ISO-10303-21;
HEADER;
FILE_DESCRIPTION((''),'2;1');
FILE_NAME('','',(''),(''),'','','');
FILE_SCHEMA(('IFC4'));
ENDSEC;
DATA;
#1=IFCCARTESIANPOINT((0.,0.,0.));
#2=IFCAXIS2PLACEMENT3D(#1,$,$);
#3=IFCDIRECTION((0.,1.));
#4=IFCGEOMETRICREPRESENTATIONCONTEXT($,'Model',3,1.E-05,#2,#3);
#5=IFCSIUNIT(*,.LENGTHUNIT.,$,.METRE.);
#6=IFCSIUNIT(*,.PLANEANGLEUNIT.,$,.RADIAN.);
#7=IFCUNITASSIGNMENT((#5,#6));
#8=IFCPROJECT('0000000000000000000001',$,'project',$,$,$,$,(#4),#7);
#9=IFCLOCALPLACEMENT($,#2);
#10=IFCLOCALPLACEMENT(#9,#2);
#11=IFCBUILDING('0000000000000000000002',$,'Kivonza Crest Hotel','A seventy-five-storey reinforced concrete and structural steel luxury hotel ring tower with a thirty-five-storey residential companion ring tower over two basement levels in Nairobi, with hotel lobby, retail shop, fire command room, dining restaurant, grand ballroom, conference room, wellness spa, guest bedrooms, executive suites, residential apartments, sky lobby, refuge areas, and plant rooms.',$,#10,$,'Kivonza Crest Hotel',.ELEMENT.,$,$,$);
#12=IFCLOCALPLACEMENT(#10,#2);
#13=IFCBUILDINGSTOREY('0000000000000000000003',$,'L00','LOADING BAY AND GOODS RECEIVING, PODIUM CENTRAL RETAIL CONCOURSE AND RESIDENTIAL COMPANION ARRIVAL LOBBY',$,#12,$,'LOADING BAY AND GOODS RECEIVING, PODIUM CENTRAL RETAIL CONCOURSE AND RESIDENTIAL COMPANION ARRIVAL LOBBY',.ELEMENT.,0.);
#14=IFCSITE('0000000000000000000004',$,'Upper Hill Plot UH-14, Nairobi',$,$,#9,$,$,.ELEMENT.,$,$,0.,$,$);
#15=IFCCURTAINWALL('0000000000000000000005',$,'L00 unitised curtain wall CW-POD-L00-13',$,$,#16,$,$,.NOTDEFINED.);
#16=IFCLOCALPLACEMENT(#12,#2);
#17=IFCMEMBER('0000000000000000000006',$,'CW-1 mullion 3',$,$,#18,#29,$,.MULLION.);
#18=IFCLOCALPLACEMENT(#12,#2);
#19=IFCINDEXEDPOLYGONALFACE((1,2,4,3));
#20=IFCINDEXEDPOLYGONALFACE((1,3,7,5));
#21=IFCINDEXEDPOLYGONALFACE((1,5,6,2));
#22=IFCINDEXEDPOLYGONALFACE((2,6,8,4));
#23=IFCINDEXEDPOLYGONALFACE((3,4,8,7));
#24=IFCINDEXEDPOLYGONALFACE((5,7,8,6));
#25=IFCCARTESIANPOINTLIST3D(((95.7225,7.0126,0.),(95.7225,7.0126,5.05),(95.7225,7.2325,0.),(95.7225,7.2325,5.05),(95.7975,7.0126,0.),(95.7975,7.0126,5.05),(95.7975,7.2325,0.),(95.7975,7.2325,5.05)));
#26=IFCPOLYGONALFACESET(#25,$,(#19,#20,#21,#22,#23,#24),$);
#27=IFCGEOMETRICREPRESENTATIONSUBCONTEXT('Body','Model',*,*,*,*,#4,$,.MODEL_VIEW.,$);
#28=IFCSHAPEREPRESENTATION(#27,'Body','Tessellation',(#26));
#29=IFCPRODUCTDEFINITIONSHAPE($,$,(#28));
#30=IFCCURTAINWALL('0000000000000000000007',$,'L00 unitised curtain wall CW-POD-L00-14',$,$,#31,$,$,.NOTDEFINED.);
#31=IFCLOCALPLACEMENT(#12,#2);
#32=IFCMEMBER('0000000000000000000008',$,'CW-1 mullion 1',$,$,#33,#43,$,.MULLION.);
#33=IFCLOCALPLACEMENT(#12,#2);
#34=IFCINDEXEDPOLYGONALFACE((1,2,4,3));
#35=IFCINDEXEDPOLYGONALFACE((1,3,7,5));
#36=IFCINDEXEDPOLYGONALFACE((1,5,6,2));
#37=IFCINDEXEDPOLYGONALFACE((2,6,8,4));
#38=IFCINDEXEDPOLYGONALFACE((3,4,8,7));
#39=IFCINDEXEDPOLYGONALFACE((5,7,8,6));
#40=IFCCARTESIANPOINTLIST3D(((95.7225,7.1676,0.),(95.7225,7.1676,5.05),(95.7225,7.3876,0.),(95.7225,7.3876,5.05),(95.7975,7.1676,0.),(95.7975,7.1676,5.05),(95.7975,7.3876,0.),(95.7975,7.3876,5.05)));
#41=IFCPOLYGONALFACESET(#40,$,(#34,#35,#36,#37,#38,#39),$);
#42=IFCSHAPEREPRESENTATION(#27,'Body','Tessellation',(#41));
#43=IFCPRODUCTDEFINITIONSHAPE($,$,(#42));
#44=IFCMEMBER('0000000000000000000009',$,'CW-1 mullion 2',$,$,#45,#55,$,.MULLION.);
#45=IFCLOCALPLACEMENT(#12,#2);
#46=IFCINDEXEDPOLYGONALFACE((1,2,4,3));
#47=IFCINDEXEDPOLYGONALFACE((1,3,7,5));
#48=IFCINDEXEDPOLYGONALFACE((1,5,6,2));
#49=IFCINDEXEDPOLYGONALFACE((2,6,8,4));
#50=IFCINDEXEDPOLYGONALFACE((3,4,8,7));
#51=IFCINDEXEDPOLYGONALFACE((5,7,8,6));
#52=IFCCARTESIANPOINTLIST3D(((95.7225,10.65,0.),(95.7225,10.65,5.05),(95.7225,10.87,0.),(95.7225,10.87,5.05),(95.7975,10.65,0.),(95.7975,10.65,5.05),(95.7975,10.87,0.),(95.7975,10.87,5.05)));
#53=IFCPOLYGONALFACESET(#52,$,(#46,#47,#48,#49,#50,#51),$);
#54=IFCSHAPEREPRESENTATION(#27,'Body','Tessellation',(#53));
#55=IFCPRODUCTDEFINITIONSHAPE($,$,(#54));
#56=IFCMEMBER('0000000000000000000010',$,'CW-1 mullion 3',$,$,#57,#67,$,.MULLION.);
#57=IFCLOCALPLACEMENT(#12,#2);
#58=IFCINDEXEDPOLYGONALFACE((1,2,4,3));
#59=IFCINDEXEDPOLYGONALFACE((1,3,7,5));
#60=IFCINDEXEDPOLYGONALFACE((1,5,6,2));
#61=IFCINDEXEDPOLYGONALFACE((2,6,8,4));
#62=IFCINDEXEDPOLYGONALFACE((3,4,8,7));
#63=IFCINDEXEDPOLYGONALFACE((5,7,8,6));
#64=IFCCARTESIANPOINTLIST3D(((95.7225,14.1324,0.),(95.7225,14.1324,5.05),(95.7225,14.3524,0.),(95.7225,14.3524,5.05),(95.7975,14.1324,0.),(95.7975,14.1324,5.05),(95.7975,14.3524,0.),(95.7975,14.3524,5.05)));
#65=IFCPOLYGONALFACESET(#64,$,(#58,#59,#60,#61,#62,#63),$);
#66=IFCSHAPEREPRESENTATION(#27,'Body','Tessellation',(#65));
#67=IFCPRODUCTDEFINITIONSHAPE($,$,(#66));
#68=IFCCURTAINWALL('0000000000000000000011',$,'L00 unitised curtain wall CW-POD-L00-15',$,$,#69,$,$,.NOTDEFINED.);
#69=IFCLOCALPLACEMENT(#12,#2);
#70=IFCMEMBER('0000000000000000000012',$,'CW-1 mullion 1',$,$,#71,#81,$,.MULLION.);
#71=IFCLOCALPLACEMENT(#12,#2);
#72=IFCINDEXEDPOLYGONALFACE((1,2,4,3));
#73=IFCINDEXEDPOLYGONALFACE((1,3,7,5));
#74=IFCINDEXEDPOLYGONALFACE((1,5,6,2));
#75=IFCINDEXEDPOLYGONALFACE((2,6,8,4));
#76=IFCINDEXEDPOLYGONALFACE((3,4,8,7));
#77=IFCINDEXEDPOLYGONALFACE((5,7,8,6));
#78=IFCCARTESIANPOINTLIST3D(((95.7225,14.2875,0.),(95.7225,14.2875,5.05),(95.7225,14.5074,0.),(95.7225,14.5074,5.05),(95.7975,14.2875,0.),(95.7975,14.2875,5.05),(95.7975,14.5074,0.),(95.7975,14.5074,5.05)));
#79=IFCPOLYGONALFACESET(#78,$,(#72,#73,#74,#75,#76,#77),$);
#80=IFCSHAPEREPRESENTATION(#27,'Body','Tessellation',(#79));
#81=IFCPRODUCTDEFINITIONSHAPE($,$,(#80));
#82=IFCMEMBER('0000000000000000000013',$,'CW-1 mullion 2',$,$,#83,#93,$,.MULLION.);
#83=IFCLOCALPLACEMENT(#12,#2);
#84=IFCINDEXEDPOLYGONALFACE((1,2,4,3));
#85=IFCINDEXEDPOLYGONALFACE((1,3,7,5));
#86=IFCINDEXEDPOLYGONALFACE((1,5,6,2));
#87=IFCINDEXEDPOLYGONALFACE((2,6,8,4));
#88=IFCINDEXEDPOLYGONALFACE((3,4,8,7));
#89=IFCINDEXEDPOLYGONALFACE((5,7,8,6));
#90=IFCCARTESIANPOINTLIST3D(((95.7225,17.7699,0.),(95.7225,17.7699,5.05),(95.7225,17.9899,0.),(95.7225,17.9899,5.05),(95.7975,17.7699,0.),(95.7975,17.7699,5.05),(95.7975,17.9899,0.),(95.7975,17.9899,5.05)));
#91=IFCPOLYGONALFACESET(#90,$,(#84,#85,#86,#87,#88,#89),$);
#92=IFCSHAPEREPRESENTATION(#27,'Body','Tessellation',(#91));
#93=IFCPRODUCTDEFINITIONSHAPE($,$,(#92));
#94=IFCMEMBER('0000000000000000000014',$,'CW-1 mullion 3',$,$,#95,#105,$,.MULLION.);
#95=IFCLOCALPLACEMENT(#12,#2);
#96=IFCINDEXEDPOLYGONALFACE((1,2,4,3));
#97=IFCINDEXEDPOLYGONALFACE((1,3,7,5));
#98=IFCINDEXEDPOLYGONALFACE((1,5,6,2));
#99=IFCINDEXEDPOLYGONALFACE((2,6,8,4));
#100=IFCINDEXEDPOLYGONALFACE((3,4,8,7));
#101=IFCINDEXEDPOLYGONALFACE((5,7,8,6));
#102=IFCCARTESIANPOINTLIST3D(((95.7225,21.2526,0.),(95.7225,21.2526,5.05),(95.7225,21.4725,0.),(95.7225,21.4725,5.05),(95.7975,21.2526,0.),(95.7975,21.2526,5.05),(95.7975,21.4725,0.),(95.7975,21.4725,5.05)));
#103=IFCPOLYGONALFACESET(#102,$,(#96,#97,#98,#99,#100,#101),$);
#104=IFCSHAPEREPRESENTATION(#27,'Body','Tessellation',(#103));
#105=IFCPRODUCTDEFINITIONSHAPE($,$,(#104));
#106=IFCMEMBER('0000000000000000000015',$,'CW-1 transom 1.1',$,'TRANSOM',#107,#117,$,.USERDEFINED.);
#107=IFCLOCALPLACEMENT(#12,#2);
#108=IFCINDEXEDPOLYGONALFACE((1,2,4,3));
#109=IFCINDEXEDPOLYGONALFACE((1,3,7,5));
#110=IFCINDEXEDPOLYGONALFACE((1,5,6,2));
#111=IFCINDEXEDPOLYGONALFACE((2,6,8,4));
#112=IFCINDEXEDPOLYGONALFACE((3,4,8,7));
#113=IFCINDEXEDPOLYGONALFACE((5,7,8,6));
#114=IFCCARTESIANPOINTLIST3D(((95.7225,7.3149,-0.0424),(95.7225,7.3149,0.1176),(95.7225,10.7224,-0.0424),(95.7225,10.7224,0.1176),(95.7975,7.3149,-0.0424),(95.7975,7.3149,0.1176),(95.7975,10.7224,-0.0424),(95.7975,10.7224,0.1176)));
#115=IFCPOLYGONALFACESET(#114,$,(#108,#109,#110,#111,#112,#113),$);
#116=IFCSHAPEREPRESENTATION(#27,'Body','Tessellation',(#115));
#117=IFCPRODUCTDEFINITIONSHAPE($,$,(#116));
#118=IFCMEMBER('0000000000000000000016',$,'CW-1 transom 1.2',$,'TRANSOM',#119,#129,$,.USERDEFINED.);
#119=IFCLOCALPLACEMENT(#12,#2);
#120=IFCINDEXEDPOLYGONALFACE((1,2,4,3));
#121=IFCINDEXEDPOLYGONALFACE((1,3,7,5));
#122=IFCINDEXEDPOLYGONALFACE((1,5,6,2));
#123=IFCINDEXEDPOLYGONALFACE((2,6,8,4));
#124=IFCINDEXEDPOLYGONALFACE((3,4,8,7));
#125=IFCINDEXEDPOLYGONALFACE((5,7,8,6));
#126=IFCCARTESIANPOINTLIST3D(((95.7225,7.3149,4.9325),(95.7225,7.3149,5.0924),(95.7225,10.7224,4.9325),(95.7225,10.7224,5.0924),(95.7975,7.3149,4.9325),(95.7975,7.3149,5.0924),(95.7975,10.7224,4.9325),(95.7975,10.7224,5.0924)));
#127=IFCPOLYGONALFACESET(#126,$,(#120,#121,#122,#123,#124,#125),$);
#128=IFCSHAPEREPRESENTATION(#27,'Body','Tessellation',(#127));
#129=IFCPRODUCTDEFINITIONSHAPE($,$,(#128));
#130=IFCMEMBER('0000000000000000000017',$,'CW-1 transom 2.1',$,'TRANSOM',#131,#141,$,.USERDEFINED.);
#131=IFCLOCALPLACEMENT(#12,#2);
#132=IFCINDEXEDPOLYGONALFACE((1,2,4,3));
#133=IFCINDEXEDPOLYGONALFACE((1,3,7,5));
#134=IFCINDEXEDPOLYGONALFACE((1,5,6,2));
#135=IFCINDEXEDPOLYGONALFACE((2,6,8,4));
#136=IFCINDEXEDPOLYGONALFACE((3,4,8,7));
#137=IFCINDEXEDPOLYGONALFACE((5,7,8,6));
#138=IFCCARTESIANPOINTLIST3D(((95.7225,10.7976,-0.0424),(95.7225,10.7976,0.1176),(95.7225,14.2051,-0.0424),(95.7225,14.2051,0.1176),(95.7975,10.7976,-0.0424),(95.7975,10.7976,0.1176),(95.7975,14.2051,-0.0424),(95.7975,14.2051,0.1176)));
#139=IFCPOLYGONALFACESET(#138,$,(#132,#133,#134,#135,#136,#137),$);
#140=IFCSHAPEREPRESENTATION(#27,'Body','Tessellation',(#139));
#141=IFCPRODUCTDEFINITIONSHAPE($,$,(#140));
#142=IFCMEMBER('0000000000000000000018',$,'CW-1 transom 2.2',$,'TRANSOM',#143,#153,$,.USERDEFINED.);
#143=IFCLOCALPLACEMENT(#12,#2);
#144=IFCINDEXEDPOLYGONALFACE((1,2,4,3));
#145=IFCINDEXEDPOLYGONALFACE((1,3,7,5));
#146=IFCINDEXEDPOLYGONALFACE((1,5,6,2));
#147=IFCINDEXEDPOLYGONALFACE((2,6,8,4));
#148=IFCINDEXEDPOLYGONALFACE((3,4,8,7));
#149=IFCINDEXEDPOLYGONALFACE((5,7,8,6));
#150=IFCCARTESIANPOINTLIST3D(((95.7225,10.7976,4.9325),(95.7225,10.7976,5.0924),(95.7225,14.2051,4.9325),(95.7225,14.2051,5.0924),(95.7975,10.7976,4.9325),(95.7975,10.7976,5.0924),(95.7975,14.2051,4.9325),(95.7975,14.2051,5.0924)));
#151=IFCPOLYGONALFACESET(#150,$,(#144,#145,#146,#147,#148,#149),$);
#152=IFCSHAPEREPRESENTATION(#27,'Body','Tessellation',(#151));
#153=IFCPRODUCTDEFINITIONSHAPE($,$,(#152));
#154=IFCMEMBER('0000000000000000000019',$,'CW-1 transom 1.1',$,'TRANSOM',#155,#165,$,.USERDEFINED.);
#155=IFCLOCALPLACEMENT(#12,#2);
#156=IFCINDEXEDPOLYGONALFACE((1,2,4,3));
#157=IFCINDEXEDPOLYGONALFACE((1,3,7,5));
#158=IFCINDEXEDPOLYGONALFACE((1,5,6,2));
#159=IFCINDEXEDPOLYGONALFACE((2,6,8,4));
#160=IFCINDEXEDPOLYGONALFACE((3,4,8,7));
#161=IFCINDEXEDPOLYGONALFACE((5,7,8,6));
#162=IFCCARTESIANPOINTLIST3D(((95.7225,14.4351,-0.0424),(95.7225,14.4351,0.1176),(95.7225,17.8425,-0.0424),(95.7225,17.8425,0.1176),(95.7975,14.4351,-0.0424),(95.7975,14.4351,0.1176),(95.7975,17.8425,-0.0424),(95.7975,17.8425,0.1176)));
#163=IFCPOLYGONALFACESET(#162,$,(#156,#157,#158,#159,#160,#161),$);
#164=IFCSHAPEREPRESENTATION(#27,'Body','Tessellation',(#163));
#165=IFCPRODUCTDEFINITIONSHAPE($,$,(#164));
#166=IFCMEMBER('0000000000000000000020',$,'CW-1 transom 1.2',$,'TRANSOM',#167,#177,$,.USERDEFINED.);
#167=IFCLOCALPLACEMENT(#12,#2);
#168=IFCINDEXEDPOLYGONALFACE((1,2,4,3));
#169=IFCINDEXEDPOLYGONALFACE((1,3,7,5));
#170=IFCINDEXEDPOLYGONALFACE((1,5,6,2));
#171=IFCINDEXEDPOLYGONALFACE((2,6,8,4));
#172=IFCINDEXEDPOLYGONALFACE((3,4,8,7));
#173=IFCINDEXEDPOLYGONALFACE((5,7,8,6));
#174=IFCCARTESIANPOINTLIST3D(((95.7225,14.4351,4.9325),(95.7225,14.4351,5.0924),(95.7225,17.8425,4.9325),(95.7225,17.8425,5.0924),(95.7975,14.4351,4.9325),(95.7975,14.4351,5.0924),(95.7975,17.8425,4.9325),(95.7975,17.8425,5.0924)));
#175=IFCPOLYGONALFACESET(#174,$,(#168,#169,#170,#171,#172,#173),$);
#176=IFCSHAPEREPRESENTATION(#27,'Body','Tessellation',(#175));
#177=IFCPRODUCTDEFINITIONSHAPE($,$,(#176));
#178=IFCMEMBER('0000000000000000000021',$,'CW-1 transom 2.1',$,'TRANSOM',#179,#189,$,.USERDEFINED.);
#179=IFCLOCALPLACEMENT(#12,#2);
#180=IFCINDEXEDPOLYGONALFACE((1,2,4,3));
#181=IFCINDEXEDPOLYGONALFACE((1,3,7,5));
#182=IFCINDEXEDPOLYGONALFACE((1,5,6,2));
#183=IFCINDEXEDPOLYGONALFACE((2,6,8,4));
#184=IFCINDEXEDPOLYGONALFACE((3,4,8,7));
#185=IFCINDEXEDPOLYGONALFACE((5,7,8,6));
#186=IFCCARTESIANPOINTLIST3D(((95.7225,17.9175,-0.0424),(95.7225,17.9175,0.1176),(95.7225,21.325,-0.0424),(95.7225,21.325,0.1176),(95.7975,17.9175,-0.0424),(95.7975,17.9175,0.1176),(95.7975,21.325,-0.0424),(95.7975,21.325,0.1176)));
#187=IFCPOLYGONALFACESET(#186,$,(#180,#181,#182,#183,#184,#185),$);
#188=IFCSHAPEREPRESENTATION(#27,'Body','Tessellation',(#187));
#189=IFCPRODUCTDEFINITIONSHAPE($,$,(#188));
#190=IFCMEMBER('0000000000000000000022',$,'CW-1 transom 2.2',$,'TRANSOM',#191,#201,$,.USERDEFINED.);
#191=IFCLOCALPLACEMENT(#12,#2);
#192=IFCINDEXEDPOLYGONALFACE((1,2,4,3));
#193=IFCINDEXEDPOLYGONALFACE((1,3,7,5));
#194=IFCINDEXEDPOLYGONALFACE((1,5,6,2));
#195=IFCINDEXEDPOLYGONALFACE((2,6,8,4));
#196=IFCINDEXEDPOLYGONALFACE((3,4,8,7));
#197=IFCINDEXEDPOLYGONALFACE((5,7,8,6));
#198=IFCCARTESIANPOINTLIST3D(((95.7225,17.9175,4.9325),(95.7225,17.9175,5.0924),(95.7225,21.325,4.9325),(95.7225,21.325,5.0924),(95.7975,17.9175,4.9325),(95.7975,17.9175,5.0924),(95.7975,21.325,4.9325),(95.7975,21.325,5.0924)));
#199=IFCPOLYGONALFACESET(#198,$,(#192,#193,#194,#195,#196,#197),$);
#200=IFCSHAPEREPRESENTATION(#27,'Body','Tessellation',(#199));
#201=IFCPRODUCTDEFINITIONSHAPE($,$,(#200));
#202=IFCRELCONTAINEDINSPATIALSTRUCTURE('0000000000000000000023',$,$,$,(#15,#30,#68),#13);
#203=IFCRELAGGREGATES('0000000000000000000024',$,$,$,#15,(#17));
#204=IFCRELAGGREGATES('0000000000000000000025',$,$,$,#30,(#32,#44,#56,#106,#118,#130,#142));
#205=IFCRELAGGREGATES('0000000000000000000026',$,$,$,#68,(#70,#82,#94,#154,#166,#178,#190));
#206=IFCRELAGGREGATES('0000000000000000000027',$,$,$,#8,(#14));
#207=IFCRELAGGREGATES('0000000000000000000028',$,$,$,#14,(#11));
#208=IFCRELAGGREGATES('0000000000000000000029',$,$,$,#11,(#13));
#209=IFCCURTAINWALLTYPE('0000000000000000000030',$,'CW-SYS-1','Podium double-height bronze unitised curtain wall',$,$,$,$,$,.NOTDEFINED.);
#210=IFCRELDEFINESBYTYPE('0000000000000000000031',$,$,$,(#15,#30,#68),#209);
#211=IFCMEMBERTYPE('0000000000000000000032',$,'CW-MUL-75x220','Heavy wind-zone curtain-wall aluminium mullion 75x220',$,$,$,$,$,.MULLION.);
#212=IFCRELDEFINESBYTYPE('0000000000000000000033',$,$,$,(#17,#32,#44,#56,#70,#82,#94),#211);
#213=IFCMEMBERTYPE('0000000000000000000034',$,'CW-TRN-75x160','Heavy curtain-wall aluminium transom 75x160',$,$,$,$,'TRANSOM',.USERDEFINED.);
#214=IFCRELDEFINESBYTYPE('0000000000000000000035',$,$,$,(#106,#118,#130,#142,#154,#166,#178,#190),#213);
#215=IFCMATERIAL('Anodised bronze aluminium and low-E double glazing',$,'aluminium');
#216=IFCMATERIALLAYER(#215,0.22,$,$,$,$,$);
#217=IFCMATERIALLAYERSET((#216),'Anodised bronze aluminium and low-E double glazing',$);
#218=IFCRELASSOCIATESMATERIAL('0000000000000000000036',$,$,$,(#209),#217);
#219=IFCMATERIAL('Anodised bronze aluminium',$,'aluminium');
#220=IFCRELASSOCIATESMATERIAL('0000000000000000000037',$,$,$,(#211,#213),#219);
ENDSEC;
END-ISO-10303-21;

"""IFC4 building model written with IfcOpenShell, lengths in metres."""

from ifc_helpers import new_model, si_unit, direction, frame, origin, origin_2d, place, context, subcontext, project, spatial, rectangle, extrude, material, layer, layer_set, material_profile, profile_set, type_object, element, aggregate, save


model = new_model("IFC4")

# Units and contexts
model_context = context("Model", 3, precision=1e-05, world=origin(), true_north=direction((0.0, 1.0)))
body_context = subcontext(model_context, "Body", "Model", "MODEL_VIEW")
ifc_project = project(units=[si_unit("LENGTHUNIT", "METRE"), si_unit("PLANEANGLEUNIT", "RADIAN")], contexts=[model_context])

# Site, building, storey
site_placement = place(None, origin())
site = spatial("IfcSite", under=ifc_project, at=site_placement, Name="Upper Hill Plot UH-14, Nairobi", CompositionType="ELEMENT", RefElevation=0.0)
building_placement = place(site_placement, origin())
building = spatial("IfcBuilding", under=site, at=building_placement, Name="Kivonza Crest Hotel", Description="A seventy-five-storey reinforced concrete and structural steel luxury hotel ring tower with a thirty-five-storey residential companion ring tower over two basement levels in Nairobi, with hotel lobby, retail shop, fire command room, dining restaurant, grand ballroom, conference room, wellness spa, guest bedrooms, executive suites, residential apartments, sky lobby, refuge areas, and plant rooms.", LongName="Kivonza Crest Hotel", CompositionType="ELEMENT")
storey_placement = place(building_placement, origin())
storey = spatial("IfcBuildingStorey", under=building, at=storey_placement, Name="L00", Description="LOADING BAY AND GOODS RECEIVING, PODIUM CENTRAL RETAIL CONCOURSE AND RESIDENTIAL COMPANION ARRIVAL LOBBY", LongName="LOADING BAY AND GOODS RECEIVING, PODIUM CENTRAL RETAIL CONCOURSE AND RESIDENTIAL COMPANION ARRIVAL LOBBY", CompositionType="ELEMENT", Elevation=0.0)

# Curtain wall, member
ifc_material_1 = material(Name="Anodised bronze aluminium and low-E double glazing", Category="aluminium")
ifc_layer_1 = layer(ifc_material_1, 0.22)
ifc_layer_set_1 = layer_set([ifc_layer_1], Name="Anodised bronze aluminium and low-E double glazing")
curtain_wall_type = type_object("IfcCurtainWallType", Name="CW-SYS-1", Description="Podium double-height bronze unitised curtain wall", PredefinedType="NOTDEFINED", material=ifc_layer_set_1)
curtain_wall_1_placement = place(storey_placement, origin())
curtain_wall_1 = element("IfcCurtainWall", 1, at=curtain_wall_1_placement, inside=storey, type_object=curtain_wall_type, Name="L00 unitised curtain wall CW-POD-L00-13", PredefinedType="NOTDEFINED")
ifc_material_2 = material(Name="Anodised bronze aluminium", Category="aluminium")
ifc_material_profile_1 = material_profile(ifc_material_2, rectangle(XDim=0.075, YDim=0.22, at=origin_2d()), Name="CW-M 75x220")
ifc_profile_set_1 = profile_set([ifc_material_profile_1], Name="Anodised bronze aluminium")
member_type_1 = type_object("IfcMemberType", Name="CW-MUL-75x220", Description="Heavy wind-zone curtain-wall aluminium mullion 75x220", PredefinedType="MULLION", material=ifc_profile_set_1)
member_1_placement = place(storey_placement, frame((95.76, 7.1226, 0.0), z_axis=(0.0, 0.0, 1.0), x_axis=(-1.0, 0.0, 0.0)))
member_1 = element("IfcMember", 2, at=member_1_placement, type_object=member_type_1, Name="CW-1 mullion 3", PredefinedType="MULLION", context=body_context, shape_type="SweptSolid", body=[
    extrude(rectangle(XDim=0.075, YDim=0.22, at=origin_2d()), origin(), (0.0, 0.0, 1.0), 5.05),
])
aggregate(curtain_wall_1, [member_1])

# Curtain walls, members
curtain_wall_2_placement = place(storey_placement, origin())
curtain_wall_2 = element("IfcCurtainWall", 3, at=curtain_wall_2_placement, inside=storey, type_object=curtain_wall_type, Name="L00 unitised curtain wall CW-POD-L00-14", PredefinedType="NOTDEFINED")
member_2_placement = place(storey_placement, frame((95.76, 7.2776, 0.0), z_axis=(0.0, 0.0, 1.0), x_axis=(-1.0, 0.0, 0.0)))
member_2 = element("IfcMember", 4, at=member_2_placement, type_object=member_type_1, Name="CW-1 mullion 1", PredefinedType="MULLION", context=body_context, shape_type="SweptSolid", body=[
    extrude(rectangle(XDim=0.075, YDim=0.22, at=origin_2d()), origin(), (0.0, 0.0, 1.0), 5.05),
])
member_3_placement = place(storey_placement, frame((95.76, 10.76, 0.0), z_axis=(0.0, 0.0, 1.0), x_axis=(-1.0, 0.0, 0.0)))
member_3 = element("IfcMember", 5, at=member_3_placement, type_object=member_type_1, Name="CW-1 mullion 2", PredefinedType="MULLION", context=body_context, shape_type="SweptSolid", body=[
    extrude(rectangle(XDim=0.075, YDim=0.22, at=origin_2d()), origin(), (0.0, 0.0, 1.0), 5.05),
])
member_4_placement = place(storey_placement, frame((95.76, 14.2424, 0.0), z_axis=(0.0, 0.0, 1.0), x_axis=(-1.0, 0.0, 0.0)))
member_4 = element("IfcMember", 6, at=member_4_placement, type_object=member_type_1, Name="CW-1 mullion 3", PredefinedType="MULLION", context=body_context, shape_type="SweptSolid", body=[
    extrude(rectangle(XDim=0.075, YDim=0.22, at=origin_2d()), origin(), (0.0, 0.0, 1.0), 5.05),
])
curtain_wall_3_placement = place(storey_placement, origin())
curtain_wall_3 = element("IfcCurtainWall", 7, at=curtain_wall_3_placement, inside=storey, type_object=curtain_wall_type, Name="L00 unitised curtain wall CW-POD-L00-15", PredefinedType="NOTDEFINED")
member_5_placement = place(storey_placement, frame((95.76, 14.3975, 0.0), z_axis=(0.0, 0.0, 1.0), x_axis=(-1.0, 0.0, 0.0)))
member_5 = element("IfcMember", 8, at=member_5_placement, type_object=member_type_1, Name="CW-1 mullion 1", PredefinedType="MULLION", context=body_context, shape_type="SweptSolid", body=[
    extrude(rectangle(XDim=0.075, YDim=0.22, at=origin_2d()), origin(), (0.0, 0.0, 1.0), 5.05),
])
member_6_placement = place(storey_placement, frame((95.76, 17.8799, 0.0), z_axis=(0.0, 0.0, 1.0), x_axis=(-1.0, 0.0, 0.0)))
member_6 = element("IfcMember", 9, at=member_6_placement, type_object=member_type_1, Name="CW-1 mullion 2", PredefinedType="MULLION", context=body_context, shape_type="SweptSolid", body=[
    extrude(rectangle(XDim=0.075, YDim=0.22, at=origin_2d()), origin(), (0.0, 0.0, 1.0), 5.05),
])
member_7_placement = place(storey_placement, frame((95.76, 21.3625, 0.0), z_axis=(0.0, 0.0, 1.0), x_axis=(-1.0, 0.0, 0.0)))
member_7 = element("IfcMember", 10, at=member_7_placement, type_object=member_type_1, Name="CW-1 mullion 3", PredefinedType="MULLION", context=body_context, shape_type="SweptSolid", body=[
    extrude(rectangle(XDim=0.075, YDim=0.22, at=origin_2d()), origin(), (0.0, 0.0, 1.0), 5.05),
])

# Members
ifc_material_profile_2 = material_profile(ifc_material_2, rectangle(XDim=0.075, YDim=0.1599, at=origin_2d()), Name="CW-T 75x160")
ifc_profile_set_2 = profile_set([ifc_material_profile_2], Name="Anodised bronze aluminium")
member_type_2 = type_object("IfcMemberType", Name="CW-TRN-75x160", Description="Heavy curtain-wall aluminium transom 75x160", ElementType="TRANSOM", PredefinedType="USERDEFINED", material=ifc_profile_set_2)
member_8_placement = place(storey_placement, frame((95.76, 7.3149, 0.0376), z_axis=(0.0, 1.0, 0.0), x_axis=(-1.0, 0.0, 0.0)))
member_8 = element("IfcMember", 11, at=member_8_placement, type_object=member_type_2, Name="CW-1 transom 1.1", ObjectType="TRANSOM", PredefinedType="USERDEFINED", context=body_context, shape_type="SweptSolid", body=[
    extrude(rectangle(XDim=0.075, YDim=0.1599, at=origin_2d()), origin(), (0.0, 0.0, 1.0), 3.4075),
])
member_9_placement = place(storey_placement, frame((95.76, 7.3149, 5.0125), z_axis=(0.0, 1.0, 0.0), x_axis=(-1.0, 0.0, 0.0)))
member_9 = element("IfcMember", 12, at=member_9_placement, type_object=member_type_2, Name="CW-1 transom 1.2", ObjectType="TRANSOM", PredefinedType="USERDEFINED", context=body_context, shape_type="SweptSolid", body=[
    extrude(rectangle(XDim=0.075, YDim=0.1599, at=origin_2d()), origin(), (0.0, 0.0, 1.0), 3.4075),
])
member_10_placement = place(storey_placement, frame((95.76, 10.7976, 0.0376), z_axis=(0.0, 1.0, 0.0), x_axis=(-1.0, 0.0, 0.0)))
member_10 = element("IfcMember", 13, at=member_10_placement, type_object=member_type_2, Name="CW-1 transom 2.1", ObjectType="TRANSOM", PredefinedType="USERDEFINED", context=body_context, shape_type="SweptSolid", body=[
    extrude(rectangle(XDim=0.075, YDim=0.1599, at=origin_2d()), origin(), (0.0, 0.0, 1.0), 3.4075),
])
member_11_placement = place(storey_placement, frame((95.76, 10.7976, 5.0125), z_axis=(0.0, 1.0, 0.0), x_axis=(-1.0, 0.0, 0.0)))
member_11 = element("IfcMember", 14, at=member_11_placement, type_object=member_type_2, Name="CW-1 transom 2.2", ObjectType="TRANSOM", PredefinedType="USERDEFINED", context=body_context, shape_type="SweptSolid", body=[
    extrude(rectangle(XDim=0.075, YDim=0.1599, at=origin_2d()), origin(), (0.0, 0.0, 1.0), 3.4075),
])
member_12_placement = place(storey_placement, frame((95.76, 14.4351, 0.0376), z_axis=(0.0, 1.0, 0.0), x_axis=(-1.0, 0.0, 0.0)))
member_12 = element("IfcMember", 15, at=member_12_placement, type_object=member_type_2, Name="CW-1 transom 1.1", ObjectType="TRANSOM", PredefinedType="USERDEFINED", context=body_context, shape_type="SweptSolid", body=[
    extrude(rectangle(XDim=0.075, YDim=0.1599, at=origin_2d()), origin(), (0.0, 0.0, 1.0), 3.4075),
])
member_13_placement = place(storey_placement, frame((95.76, 14.4351, 5.0125), z_axis=(0.0, 1.0, 0.0), x_axis=(-1.0, 0.0, 0.0)))
member_13 = element("IfcMember", 16, at=member_13_placement, type_object=member_type_2, Name="CW-1 transom 1.2", ObjectType="TRANSOM", PredefinedType="USERDEFINED", context=body_context, shape_type="SweptSolid", body=[
    extrude(rectangle(XDim=0.075, YDim=0.1599, at=origin_2d()), origin(), (0.0, 0.0, 1.0), 3.4075),
])
member_14_placement = place(storey_placement, frame((95.76, 17.9175, 0.0376), z_axis=(0.0, 1.0, 0.0), x_axis=(-1.0, 0.0, 0.0)))
member_14 = element("IfcMember", 17, at=member_14_placement, type_object=member_type_2, Name="CW-1 transom 2.1", ObjectType="TRANSOM", PredefinedType="USERDEFINED", context=body_context, shape_type="SweptSolid", body=[
    extrude(rectangle(XDim=0.075, YDim=0.1599, at=origin_2d()), origin(), (0.0, 0.0, 1.0), 3.4075),
])
member_15_placement = place(storey_placement, frame((95.76, 17.9175, 5.0125), z_axis=(0.0, 1.0, 0.0), x_axis=(-1.0, 0.0, 0.0)))
member_15 = element("IfcMember", 18, at=member_15_placement, type_object=member_type_2, Name="CW-1 transom 2.2", ObjectType="TRANSOM", PredefinedType="USERDEFINED", context=body_context, shape_type="SweptSolid", body=[
    extrude(rectangle(XDim=0.075, YDim=0.1599, at=origin_2d()), origin(), (0.0, 0.0, 1.0), 3.4075),
])

aggregate(curtain_wall_2, [member_2, member_3, member_4, member_8, member_9, member_10, member_11])
aggregate(curtain_wall_3, [member_5, member_6, member_7, member_12, member_13, member_14, member_15])

save(model, "model.ifc")
